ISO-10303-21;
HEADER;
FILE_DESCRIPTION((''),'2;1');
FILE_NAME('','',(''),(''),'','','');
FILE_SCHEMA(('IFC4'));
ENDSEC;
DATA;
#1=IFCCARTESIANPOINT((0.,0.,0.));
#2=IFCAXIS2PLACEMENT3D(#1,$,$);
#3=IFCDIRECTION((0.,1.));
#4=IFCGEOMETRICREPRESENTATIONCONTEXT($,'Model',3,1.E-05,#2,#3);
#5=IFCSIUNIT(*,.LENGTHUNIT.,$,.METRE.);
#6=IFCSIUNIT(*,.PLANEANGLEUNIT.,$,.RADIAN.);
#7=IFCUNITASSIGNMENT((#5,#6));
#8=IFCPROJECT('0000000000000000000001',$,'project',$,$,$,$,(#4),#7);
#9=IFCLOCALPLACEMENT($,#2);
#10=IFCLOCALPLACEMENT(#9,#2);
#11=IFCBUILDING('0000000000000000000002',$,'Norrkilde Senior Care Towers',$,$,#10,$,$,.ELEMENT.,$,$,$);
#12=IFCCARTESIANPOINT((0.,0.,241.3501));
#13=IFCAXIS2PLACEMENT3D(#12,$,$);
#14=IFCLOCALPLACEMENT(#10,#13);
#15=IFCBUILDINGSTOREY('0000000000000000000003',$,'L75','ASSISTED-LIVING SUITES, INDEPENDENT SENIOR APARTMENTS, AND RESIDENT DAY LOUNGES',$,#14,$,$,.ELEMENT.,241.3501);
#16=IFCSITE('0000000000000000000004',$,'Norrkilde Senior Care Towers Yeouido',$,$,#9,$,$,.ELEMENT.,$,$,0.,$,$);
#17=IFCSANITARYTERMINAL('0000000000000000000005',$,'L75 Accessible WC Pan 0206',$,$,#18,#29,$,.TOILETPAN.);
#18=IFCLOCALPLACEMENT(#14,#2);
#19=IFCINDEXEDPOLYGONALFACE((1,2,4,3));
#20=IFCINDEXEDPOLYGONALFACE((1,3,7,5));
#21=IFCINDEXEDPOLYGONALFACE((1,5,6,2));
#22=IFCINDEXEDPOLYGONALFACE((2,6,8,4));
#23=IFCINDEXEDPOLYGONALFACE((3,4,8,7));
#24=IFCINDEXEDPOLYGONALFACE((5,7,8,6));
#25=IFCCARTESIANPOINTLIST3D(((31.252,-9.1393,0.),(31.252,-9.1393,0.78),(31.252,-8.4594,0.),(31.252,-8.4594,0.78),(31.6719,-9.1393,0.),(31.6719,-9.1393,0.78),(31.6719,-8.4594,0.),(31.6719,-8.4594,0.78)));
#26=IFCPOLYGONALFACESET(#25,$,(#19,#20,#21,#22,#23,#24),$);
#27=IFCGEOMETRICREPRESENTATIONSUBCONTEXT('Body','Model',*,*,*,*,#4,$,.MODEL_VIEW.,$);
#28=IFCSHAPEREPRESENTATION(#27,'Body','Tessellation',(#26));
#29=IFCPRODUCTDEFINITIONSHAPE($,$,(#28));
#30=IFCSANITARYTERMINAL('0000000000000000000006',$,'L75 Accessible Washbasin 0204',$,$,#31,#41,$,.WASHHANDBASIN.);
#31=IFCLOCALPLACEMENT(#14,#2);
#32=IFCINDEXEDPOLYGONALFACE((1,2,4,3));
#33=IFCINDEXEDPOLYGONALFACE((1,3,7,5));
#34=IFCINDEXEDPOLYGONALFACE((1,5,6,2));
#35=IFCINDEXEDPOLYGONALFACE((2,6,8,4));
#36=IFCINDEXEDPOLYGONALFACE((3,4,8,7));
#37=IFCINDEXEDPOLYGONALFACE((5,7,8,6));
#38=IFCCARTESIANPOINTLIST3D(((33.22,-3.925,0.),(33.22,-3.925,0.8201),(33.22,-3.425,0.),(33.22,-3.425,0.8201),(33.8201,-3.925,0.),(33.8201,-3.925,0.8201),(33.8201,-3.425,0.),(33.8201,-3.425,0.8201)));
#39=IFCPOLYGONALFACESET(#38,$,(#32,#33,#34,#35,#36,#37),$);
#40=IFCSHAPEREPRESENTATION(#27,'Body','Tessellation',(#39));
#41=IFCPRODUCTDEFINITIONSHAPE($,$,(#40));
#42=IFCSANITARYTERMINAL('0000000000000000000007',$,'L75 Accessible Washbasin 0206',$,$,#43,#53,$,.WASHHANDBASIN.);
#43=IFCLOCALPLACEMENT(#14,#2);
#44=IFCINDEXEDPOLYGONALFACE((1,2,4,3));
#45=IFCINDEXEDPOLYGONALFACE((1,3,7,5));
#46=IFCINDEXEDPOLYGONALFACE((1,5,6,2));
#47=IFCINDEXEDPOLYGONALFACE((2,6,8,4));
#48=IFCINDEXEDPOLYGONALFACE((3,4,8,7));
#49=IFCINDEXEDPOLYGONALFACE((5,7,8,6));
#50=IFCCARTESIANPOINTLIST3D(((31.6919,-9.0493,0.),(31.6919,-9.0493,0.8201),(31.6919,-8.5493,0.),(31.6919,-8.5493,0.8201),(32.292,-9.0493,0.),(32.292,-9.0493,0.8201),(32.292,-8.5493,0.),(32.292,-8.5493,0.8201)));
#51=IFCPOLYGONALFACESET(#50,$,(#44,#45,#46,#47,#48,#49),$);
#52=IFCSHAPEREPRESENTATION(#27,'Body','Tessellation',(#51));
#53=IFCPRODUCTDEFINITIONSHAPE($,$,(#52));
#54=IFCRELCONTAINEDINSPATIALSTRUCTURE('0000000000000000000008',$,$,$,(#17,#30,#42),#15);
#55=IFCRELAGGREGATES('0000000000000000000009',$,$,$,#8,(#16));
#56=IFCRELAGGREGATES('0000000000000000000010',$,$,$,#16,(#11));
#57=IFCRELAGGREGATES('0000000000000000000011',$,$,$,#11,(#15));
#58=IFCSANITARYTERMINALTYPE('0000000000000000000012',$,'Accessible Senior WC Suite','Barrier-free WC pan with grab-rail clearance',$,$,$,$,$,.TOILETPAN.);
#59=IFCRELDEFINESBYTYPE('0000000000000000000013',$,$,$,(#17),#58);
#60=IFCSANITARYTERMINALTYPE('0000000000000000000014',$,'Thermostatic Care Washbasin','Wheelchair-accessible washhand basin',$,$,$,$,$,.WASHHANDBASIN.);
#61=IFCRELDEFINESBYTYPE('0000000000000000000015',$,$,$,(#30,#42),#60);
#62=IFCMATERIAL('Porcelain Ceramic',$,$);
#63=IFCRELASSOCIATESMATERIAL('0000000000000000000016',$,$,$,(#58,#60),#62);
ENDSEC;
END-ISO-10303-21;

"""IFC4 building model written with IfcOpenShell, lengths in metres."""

from ifc_helpers import new_model, si_unit, direction, frame, origin, origin_2d, place, context, subcontext, project, spatial, rectangle, extrude, source, transform, mapped, material, type_object, type_shapes, element, save


model = new_model("IFC4")

# Units and contexts
model_context = context("Model", 3, precision=1e-05, world=origin(), true_north=direction((0.0, 1.0)))
body_context = subcontext(model_context, "Body", "Model", "MODEL_VIEW")
ifc_project = project(units=[si_unit("LENGTHUNIT", "METRE"), si_unit("PLANEANGLEUNIT", "RADIAN")], contexts=[model_context])

# Site, building, storey
site_placement = place(None, origin())
site = spatial("IfcSite", under=ifc_project, at=site_placement, Name="Norrkilde Senior Care Towers Yeouido", CompositionType="ELEMENT", RefElevation=0.0)
building_placement = place(site_placement, origin())
building = spatial("IfcBuilding", under=site, at=building_placement, Name="Norrkilde Senior Care Towers", CompositionType="ELEMENT")
storey_placement = place(building_placement, frame((0.0, 0.0, 241.3501)))
storey = spatial("IfcBuildingStorey", under=building, at=storey_placement, Name="L75", Description="ASSISTED-LIVING SUITES, INDEPENDENT SENIOR APARTMENTS, AND RESIDENT DAY LOUNGES", CompositionType="ELEMENT", Elevation=241.3501)

# Sanitary terminals
ifc_material_1 = material(Name="Porcelain Ceramic")
sanitary_terminal_type_1 = type_object("IfcSanitaryTerminalType", Name="Accessible Senior WC Suite", Description="Barrier-free WC pan with grab-rail clearance", PredefinedType="TOILETPAN", material=ifc_material_1)
shared_shape_1 = source(origin(), body_context, "Body", "SweptSolid", [
    extrude(rectangle(XDim=0.4199, YDim=0.6799, at=origin_2d()), origin(), (0.0, 0.0, 1.0), 0.78),
])
type_shapes(sanitary_terminal_type_1, [shared_shape_1])
for number, where, z_axis, x_axis, name in (
    (1, (31.4619, -8.7993, 0.0), (0.0, 0.0, 1.0), (1.0, 0.0, 0.0), "L75 Accessible WC Pan 0206"),
):
    element("IfcSanitaryTerminal", number, at=place(storey_placement, frame(where, z_axis=z_axis, x_axis=x_axis)), inside=storey, type_object=sanitary_terminal_type_1, Name=name, PredefinedType="TOILETPAN", context=body_context, shape_type="MappedRepresentation", body=[
        mapped(shared_shape_1, transform((0.0, 0.0, 0.0), x_axis=(1.0, 0.0, 0.0), y_axis=(0.0, 1.0, 0.0), z_axis=(0.0, 0.0, 1.0), scale=1.0)),
    ])
sanitary_terminal_type_2 = type_object("IfcSanitaryTerminalType", Name="Thermostatic Care Washbasin", Description="Wheelchair-accessible washhand basin", PredefinedType="WASHHANDBASIN", material=ifc_material_1)
shared_shape_2 = source(origin(), body_context, "Body", "SweptSolid", [
    extrude(rectangle(XDim=0.6001, YDim=0.5, at=origin_2d()), origin(), (0.0, 0.0, 1.0), 0.8201),
])
type_shapes(sanitary_terminal_type_2, [shared_shape_2])
for number, where, z_axis, x_axis, name in (
    (2, (33.52, -3.675, 0.0), (0.0, 0.0, 1.0), (1.0, 0.0, 0.0), "L75 Accessible Washbasin 0204"),
    (3, (31.9919, -8.7993, 0.0), (0.0, 0.0, 1.0), (1.0, 0.0, 0.0), "L75 Accessible Washbasin 0206"),
):
    element("IfcSanitaryTerminal", number, at=place(storey_placement, frame(where, z_axis=z_axis, x_axis=x_axis)), inside=storey, type_object=sanitary_terminal_type_2, Name=name, PredefinedType="WASHHANDBASIN", context=body_context, shape_type="MappedRepresentation", body=[
        mapped(shared_shape_2, transform((0.0, 0.0, 0.0), x_axis=(1.0, 0.0, 0.0), y_axis=(0.0, 1.0, 0.0), z_axis=(0.0, 0.0, 1.0), scale=1.0)),
    ])

save(model, "model.ifc")
